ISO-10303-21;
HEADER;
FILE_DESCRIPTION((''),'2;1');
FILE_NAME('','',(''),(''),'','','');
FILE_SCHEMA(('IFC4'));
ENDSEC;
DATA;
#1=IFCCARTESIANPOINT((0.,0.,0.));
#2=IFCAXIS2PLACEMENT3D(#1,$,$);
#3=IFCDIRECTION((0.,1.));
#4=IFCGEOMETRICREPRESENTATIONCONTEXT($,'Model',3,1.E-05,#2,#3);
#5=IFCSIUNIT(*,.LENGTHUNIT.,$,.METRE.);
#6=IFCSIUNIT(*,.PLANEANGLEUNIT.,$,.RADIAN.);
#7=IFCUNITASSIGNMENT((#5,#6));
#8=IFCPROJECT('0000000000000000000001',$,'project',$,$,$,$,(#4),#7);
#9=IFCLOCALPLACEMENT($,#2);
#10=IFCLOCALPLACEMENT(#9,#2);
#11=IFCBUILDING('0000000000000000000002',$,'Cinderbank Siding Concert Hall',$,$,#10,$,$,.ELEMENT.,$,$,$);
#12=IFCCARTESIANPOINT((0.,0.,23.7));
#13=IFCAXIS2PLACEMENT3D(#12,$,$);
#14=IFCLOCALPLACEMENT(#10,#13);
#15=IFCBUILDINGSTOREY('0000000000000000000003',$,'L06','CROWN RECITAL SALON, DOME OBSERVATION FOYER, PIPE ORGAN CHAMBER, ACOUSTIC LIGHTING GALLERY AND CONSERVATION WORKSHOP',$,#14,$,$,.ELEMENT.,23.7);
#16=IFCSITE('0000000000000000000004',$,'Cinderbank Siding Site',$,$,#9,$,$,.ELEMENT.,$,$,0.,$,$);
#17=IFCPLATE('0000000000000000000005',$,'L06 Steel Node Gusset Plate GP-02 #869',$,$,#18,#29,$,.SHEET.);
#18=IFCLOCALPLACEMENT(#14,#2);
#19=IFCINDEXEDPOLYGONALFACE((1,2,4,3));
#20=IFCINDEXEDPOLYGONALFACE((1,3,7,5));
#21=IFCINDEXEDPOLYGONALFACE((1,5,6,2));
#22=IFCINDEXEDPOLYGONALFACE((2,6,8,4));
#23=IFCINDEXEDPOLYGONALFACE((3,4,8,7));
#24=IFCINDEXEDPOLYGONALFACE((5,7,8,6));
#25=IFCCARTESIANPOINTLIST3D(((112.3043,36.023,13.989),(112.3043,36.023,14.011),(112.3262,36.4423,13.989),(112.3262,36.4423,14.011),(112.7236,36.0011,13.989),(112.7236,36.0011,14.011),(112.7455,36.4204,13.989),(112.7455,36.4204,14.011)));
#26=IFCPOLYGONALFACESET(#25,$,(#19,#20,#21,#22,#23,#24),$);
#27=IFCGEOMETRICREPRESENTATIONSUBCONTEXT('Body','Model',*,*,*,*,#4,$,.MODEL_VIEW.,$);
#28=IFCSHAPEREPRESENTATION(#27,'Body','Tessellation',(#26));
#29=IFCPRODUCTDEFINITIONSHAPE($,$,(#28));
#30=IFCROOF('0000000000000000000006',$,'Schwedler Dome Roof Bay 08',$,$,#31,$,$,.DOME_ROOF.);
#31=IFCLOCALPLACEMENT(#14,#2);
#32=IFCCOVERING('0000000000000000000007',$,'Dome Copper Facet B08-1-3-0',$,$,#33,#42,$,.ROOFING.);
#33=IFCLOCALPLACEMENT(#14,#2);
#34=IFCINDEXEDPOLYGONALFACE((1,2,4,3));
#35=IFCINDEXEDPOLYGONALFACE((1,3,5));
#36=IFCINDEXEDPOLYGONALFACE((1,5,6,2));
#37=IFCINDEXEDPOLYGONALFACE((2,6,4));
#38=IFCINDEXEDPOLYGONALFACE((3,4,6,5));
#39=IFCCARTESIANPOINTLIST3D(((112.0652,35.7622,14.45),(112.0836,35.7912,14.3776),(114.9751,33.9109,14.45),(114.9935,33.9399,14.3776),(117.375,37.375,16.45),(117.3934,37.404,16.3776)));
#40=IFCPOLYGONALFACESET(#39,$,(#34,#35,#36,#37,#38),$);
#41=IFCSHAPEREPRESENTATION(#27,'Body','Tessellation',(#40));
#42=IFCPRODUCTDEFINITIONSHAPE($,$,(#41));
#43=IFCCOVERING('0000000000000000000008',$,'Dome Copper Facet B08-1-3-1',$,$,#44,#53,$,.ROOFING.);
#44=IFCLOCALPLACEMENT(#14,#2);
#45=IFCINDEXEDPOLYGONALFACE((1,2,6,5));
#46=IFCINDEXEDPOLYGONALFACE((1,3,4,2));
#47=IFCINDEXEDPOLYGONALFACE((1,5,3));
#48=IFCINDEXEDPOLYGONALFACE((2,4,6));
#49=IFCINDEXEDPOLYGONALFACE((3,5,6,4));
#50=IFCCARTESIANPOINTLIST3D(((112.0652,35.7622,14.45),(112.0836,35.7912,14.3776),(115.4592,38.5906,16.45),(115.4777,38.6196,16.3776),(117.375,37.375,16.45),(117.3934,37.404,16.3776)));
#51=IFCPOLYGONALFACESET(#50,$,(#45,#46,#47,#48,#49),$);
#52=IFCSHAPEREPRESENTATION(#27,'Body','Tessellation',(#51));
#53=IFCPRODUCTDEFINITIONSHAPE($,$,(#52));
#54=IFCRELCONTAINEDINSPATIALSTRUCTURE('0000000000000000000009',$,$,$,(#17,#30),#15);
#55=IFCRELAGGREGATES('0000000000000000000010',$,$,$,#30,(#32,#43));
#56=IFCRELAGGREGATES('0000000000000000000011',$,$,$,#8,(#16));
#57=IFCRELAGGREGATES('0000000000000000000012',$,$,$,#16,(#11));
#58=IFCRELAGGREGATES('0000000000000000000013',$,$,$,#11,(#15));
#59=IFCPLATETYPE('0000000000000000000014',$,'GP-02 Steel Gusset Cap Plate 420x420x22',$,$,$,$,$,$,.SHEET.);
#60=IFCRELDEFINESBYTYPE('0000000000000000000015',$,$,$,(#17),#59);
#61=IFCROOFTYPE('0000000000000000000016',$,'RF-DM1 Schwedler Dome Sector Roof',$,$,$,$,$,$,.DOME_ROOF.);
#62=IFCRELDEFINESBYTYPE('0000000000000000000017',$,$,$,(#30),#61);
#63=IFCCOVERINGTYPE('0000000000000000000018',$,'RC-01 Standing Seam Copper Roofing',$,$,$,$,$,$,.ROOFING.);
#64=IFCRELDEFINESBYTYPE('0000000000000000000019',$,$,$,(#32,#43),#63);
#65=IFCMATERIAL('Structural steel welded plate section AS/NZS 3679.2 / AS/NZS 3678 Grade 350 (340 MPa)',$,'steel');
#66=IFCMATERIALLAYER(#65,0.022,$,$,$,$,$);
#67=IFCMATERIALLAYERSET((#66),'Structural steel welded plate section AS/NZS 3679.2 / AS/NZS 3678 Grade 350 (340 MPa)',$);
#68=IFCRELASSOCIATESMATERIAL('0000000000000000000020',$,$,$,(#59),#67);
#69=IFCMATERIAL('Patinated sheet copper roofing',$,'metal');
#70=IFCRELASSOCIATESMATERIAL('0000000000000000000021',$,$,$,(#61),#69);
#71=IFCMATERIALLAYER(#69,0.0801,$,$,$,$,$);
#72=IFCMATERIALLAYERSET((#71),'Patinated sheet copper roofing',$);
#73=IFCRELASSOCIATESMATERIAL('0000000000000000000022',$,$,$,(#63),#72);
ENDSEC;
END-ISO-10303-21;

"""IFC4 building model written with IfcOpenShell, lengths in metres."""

from ifc_helpers import new_model, si_unit, direction, frame, origin, origin_2d, place, context, subcontext, project, spatial, polyline, rectangle, outline, extrude, material, layer, layer_set, type_object, element, aggregate, save


model = new_model("IFC4")

# Units and contexts
model_context = context("Model", 3, precision=1e-05, world=origin(), true_north=direction((0.0, 1.0)))
body_context = subcontext(model_context, "Body", "Model", "MODEL_VIEW")
ifc_project = project(units=[si_unit("LENGTHUNIT", "METRE"), si_unit("PLANEANGLEUNIT", "RADIAN")], contexts=[model_context])

# Site, building, storey
site_placement = place(None, origin())
site = spatial("IfcSite", under=ifc_project, at=site_placement, Name="Cinderbank Siding Site", CompositionType="ELEMENT", RefElevation=0.0)
building_placement = place(site_placement, origin())
building = spatial("IfcBuilding", under=site, at=building_placement, Name="Cinderbank Siding Concert Hall", CompositionType="ELEMENT")
storey_placement = place(building_placement, frame((0.0, 0.0, 23.7)))
storey = spatial("IfcBuildingStorey", under=building, at=storey_placement, Name="L06", Description="CROWN RECITAL SALON, DOME OBSERVATION FOYER, PIPE ORGAN CHAMBER, ACOUSTIC LIGHTING GALLERY AND CONSERVATION WORKSHOP", CompositionType="ELEMENT", Elevation=23.7)

# Plate
ifc_material_1 = material(Name="Structural steel welded plate section AS/NZS 3679.2 / AS/NZS 3678 Grade 350 (340 MPa)", Category="steel")
ifc_layer_1 = layer(ifc_material_1, 0.022)
ifc_layer_set_1 = layer_set([ifc_layer_1], Name="Structural steel welded plate section AS/NZS 3679.2 / AS/NZS 3678 Grade 350 (340 MPa)")
plate_type = type_object("IfcPlateType", Name="GP-02 Steel Gusset Cap Plate 420x420x22", PredefinedType="SHEET", material=ifc_layer_set_1)
plate_placement = place(storey_placement, frame((112.5249, 36.2217, 13.989), z_axis=(0.0, 0.0, 1.0), x_axis=(0.998639, -0.052162, 0.0)))
element("IfcPlate", 1, at=plate_placement, inside=storey, type_object=plate_type, Name="L06 Steel Node Gusset Plate GP-02 #869", PredefinedType="SHEET", context=body_context, shape_type="SweptSolid", body=[
    extrude(rectangle(XDim=0.4199, YDim=0.4199, at=origin_2d()), origin(), (0.0, 0.0, 1.0), 0.022),
])

# Roof, coverings
ifc_material_2 = material(Name="Patinated sheet copper roofing", Category="metal")
roof_type = type_object("IfcRoofType", Name="RF-DM1 Schwedler Dome Sector Roof", PredefinedType="DOME_ROOF", material=ifc_material_2)
roof_placement = place(storey_placement, origin())
roof = element("IfcRoof", 2, at=roof_placement, inside=storey, type_object=roof_type, Name="Schwedler Dome Roof Bay 08", PredefinedType="DOME_ROOF")
ifc_layer_2 = layer(ifc_material_2, 0.0801)
ifc_layer_set_2 = layer_set([ifc_layer_2], Name="Patinated sheet copper roofing")
covering_type = type_object("IfcCoveringType", Name="RC-01 Standing Seam Copper Roofing", PredefinedType="ROOFING", material=ifc_layer_set_2)
covering_1_placement = place(storey_placement, frame((112.0652, 35.7622, 14.45), z_axis=(-0.230291, -0.361973, 0.903295), x_axis=(0.84372, -0.536784, 0.0)))
covering_1 = element("IfcCovering", 3, at=covering_1_placement, type_object=covering_type, Name="Dome Copper Facet B08-1-3-0", PredefinedType="ROOFING", context=body_context, shape_type="SweptSolid", body=[
    extrude(outline(polyline([(0.0, 0.0), (3.4489, 0.0), (3.6143, 4.6618), (0.0, 0.0)])), origin(), (0.0, 0.0, -1.0), 0.0801),
])
covering_2_placement = place(storey_placement, frame((112.0652, 35.7622, 14.45), z_axis=(-0.230048, -0.362559, 0.903122), x_axis=(0.90016, 0.273413, 0.339055)))
covering_2 = element("IfcCovering", 4, at=covering_2_placement, type_object=covering_type, Name="Dome Copper Facet B08-1-3-1", PredefinedType="ROOFING", context=body_context, shape_type="SweptSolid", body=[
    extrude(outline(polyline([(0.0, 0.0), (5.8987, 0.0), (4.5066, 1.7916), (0.0, 0.0)])), origin(), (0.0, 0.0, -1.0), 0.0801),
])
aggregate(roof, [covering_1, covering_2])

save(model, "model.ifc")
